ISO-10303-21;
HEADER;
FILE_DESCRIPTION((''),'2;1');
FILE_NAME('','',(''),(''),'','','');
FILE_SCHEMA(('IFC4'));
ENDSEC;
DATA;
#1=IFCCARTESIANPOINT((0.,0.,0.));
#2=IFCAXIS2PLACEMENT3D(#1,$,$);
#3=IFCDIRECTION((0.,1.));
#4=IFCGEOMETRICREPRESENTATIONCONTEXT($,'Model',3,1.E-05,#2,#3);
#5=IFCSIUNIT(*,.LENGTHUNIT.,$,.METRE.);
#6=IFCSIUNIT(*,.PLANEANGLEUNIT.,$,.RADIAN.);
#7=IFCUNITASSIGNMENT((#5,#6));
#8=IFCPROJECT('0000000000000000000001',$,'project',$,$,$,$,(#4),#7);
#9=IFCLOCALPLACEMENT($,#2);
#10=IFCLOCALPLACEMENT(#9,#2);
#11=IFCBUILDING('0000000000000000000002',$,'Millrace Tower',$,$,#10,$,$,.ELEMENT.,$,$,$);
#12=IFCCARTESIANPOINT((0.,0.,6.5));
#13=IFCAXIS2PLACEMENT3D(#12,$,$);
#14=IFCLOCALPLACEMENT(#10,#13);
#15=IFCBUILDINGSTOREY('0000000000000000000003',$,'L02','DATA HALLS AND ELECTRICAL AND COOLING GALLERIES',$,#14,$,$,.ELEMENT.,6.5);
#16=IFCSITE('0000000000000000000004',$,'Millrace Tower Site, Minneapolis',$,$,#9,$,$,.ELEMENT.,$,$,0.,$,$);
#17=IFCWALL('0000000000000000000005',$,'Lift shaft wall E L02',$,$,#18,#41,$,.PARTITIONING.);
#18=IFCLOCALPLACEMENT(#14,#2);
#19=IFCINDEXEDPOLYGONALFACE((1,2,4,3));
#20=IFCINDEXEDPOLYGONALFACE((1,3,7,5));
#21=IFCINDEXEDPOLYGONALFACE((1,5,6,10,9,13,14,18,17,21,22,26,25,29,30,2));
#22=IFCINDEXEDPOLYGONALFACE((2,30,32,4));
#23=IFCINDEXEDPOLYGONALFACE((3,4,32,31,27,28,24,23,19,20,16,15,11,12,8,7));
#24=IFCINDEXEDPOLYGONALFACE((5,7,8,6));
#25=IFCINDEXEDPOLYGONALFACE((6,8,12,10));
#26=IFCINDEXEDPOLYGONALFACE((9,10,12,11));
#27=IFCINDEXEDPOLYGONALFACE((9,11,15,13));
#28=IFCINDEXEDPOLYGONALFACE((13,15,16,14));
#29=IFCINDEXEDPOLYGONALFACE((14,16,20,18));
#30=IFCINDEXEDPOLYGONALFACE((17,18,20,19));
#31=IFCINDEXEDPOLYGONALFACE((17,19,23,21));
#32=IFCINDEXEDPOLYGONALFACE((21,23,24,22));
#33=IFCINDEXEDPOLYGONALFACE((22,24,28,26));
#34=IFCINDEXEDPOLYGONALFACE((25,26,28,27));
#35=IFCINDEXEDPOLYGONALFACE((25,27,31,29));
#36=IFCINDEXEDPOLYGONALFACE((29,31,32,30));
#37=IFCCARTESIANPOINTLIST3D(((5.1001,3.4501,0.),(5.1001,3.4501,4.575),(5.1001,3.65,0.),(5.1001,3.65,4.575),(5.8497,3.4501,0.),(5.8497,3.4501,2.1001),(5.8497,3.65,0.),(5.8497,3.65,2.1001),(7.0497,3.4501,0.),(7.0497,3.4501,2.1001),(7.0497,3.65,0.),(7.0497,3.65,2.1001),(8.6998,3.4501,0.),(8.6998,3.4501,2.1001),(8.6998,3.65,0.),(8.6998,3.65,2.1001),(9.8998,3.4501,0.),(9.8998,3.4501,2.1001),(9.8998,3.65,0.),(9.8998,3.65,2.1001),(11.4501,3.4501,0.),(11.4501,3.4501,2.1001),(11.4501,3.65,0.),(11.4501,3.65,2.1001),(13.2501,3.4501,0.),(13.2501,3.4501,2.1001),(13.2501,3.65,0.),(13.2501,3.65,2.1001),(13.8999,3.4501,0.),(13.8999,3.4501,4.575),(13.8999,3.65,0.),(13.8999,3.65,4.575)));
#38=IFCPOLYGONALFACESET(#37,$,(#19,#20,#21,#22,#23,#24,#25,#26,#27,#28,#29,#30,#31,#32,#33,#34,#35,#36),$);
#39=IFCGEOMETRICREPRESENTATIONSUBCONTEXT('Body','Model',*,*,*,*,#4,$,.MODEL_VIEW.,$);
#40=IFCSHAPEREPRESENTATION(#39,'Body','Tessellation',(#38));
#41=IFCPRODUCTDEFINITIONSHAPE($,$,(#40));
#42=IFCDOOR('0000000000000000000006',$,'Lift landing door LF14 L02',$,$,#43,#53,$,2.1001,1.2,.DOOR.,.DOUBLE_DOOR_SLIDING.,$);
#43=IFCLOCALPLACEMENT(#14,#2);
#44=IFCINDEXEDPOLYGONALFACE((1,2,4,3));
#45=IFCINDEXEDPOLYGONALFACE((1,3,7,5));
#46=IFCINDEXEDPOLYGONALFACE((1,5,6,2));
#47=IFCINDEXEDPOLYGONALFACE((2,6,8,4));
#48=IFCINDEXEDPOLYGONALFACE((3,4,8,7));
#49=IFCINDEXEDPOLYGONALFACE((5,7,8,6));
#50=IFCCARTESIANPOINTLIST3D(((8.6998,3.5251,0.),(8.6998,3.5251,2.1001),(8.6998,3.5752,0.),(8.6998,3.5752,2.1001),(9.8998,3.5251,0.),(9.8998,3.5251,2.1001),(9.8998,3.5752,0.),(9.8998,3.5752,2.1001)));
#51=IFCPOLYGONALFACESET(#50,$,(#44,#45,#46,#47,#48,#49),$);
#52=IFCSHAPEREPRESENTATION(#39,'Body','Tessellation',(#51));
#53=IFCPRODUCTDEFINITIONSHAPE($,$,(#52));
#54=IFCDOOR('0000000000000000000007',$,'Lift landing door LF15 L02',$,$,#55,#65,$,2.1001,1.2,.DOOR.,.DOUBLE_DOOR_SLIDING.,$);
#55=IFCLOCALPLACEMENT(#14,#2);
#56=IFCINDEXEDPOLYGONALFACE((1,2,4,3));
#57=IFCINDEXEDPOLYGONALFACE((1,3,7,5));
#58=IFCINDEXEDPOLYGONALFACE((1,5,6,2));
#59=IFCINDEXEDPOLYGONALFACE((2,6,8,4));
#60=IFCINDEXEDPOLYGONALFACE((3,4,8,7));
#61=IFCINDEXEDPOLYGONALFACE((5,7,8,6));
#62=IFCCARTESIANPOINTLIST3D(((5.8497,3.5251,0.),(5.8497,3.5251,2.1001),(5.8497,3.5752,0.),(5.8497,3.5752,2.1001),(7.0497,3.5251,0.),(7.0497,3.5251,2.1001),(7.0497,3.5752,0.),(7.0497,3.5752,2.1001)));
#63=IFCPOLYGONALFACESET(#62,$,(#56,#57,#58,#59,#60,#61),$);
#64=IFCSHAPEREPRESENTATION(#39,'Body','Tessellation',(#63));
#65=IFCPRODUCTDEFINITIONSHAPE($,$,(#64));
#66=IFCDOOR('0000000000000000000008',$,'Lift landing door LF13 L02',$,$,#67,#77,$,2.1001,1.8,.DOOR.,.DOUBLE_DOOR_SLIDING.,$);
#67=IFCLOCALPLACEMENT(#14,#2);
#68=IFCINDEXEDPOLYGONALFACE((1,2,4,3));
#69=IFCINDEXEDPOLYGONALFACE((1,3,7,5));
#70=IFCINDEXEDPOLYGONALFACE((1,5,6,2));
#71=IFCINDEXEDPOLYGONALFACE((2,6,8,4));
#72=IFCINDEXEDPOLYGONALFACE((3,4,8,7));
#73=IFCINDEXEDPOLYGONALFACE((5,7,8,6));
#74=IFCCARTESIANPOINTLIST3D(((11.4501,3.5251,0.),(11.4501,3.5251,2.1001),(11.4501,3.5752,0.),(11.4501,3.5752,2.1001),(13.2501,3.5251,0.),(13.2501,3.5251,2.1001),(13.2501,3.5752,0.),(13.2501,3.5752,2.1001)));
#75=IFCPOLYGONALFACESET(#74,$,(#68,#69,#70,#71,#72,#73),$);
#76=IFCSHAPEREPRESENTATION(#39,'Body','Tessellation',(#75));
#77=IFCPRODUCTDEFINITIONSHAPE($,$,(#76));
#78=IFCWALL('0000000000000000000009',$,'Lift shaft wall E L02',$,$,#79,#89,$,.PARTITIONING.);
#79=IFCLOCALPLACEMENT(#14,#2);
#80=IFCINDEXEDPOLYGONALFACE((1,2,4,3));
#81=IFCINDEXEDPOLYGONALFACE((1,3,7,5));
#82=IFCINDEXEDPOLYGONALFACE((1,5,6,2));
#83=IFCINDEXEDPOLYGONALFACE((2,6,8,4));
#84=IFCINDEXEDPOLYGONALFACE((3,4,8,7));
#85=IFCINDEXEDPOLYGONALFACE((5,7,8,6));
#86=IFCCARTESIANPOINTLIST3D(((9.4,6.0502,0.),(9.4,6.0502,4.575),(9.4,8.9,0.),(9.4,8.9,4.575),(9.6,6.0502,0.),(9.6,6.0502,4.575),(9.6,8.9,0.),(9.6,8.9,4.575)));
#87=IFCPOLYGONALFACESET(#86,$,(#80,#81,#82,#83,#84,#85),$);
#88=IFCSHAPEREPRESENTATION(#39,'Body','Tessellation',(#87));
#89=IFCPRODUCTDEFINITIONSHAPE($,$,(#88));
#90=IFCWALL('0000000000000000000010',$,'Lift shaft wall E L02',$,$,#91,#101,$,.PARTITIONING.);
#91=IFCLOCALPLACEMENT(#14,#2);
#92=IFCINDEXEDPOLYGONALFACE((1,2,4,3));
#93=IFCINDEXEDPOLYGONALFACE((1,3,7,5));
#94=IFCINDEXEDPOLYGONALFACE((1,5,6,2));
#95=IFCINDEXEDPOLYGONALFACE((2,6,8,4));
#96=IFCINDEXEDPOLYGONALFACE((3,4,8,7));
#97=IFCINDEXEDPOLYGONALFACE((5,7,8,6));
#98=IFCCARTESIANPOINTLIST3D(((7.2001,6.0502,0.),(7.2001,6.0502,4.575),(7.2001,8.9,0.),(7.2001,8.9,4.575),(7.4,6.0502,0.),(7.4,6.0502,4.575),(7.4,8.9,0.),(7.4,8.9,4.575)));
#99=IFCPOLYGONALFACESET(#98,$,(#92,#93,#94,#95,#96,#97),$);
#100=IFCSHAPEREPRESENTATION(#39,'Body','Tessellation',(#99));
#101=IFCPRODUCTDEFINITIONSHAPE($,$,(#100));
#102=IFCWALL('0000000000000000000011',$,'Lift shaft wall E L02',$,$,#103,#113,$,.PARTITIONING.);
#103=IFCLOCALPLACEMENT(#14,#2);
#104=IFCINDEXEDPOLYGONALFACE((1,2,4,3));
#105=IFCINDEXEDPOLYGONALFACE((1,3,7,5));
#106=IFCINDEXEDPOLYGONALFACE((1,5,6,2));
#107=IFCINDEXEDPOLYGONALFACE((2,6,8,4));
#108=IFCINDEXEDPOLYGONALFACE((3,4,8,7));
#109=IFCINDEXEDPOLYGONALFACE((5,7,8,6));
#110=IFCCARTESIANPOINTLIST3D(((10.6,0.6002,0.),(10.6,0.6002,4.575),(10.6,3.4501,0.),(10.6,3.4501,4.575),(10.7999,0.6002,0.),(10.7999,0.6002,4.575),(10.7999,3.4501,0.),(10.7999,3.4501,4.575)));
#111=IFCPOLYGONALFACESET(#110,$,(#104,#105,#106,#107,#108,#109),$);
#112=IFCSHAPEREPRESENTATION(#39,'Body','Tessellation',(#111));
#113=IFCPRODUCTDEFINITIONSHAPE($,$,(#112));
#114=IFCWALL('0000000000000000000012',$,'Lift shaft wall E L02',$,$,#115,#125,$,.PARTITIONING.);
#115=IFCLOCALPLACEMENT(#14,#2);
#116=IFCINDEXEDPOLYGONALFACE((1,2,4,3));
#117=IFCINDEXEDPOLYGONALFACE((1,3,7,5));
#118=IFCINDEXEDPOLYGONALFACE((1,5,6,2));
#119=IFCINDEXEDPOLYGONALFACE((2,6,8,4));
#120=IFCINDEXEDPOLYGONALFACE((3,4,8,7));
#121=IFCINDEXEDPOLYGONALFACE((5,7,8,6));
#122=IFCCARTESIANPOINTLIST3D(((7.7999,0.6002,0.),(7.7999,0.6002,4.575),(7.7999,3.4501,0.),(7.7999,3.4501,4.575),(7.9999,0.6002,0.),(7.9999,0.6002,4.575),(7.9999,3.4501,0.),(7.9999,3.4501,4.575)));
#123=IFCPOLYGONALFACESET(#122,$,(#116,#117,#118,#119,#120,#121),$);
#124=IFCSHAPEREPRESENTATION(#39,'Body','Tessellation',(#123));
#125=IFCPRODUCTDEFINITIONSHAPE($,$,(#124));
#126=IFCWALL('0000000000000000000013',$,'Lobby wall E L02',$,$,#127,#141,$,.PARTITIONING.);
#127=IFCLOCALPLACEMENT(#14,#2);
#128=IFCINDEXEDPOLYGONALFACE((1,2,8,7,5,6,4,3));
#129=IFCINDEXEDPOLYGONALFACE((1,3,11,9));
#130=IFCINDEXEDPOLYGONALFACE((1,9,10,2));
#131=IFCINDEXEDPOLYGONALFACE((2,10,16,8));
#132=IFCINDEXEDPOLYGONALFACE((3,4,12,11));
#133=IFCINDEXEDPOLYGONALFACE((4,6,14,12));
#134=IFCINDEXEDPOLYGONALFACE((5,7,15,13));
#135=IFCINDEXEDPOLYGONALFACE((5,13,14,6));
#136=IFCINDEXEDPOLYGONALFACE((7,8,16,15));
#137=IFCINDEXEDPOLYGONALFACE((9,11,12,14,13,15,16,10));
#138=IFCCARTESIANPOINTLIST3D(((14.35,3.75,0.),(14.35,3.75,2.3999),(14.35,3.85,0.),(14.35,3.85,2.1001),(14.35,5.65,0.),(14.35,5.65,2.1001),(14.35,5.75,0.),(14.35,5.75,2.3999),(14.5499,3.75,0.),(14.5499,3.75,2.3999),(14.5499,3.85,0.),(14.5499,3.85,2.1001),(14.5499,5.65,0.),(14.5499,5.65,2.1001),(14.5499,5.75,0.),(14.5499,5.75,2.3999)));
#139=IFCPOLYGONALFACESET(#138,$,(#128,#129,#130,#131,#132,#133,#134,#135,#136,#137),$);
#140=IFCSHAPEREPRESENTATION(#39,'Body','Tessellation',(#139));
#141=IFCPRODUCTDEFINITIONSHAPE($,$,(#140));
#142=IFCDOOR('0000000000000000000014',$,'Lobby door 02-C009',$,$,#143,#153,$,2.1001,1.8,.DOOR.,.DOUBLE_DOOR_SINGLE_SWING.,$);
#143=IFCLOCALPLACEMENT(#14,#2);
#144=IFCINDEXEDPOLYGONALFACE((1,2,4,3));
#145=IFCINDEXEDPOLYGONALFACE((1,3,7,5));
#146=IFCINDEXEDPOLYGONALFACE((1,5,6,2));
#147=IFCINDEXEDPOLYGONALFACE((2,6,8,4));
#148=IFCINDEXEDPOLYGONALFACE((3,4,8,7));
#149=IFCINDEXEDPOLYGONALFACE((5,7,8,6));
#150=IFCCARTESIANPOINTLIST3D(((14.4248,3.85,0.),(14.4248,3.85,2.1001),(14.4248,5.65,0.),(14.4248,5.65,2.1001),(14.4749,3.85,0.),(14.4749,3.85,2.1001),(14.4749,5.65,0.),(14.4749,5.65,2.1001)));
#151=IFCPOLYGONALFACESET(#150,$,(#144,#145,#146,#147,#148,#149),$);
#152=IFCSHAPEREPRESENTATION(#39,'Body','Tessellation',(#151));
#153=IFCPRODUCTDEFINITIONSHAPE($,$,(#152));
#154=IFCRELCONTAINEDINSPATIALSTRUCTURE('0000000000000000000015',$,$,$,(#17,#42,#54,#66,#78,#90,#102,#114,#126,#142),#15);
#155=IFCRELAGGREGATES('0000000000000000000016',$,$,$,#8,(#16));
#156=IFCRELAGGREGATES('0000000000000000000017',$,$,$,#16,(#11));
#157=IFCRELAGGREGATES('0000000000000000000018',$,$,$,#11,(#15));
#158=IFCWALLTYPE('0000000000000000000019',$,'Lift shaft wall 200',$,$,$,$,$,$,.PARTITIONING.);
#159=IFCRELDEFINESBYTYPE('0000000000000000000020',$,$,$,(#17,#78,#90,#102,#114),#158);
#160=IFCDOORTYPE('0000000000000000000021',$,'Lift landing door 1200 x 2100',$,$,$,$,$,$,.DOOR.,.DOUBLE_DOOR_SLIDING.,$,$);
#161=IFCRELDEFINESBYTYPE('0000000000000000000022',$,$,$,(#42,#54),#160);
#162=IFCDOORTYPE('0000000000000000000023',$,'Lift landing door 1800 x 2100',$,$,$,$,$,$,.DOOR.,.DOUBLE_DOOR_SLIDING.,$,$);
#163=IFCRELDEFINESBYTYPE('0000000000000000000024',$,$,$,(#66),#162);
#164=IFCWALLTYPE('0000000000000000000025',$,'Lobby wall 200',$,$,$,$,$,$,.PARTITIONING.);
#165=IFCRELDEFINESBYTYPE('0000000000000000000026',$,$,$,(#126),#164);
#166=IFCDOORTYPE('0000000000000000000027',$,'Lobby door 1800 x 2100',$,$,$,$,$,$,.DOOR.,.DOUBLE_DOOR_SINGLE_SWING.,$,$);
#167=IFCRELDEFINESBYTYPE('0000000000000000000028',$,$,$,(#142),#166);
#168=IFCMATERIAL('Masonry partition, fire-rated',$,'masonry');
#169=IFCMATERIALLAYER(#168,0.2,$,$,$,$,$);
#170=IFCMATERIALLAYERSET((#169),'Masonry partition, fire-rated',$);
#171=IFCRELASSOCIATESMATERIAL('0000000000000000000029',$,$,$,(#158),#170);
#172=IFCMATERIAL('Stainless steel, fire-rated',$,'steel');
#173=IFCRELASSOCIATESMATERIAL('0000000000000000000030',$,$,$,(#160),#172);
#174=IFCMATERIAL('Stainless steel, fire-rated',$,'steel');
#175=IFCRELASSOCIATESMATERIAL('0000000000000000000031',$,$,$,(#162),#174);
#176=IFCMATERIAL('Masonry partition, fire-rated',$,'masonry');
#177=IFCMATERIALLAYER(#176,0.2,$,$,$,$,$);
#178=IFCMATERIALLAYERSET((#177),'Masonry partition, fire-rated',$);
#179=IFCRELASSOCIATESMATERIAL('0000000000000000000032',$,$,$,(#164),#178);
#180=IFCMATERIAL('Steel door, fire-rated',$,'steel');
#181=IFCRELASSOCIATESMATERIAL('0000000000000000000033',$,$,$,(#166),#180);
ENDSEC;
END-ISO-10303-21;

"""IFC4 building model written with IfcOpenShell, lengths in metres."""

from ifc_helpers import new_model, si_unit, direction, frame, frame_2d, origin, place, context, subcontext, project, spatial, rectangle, extrude, material, layer, layer_set, type_object, element, fill, save


model = new_model("IFC4")

# Units and contexts
model_context = context("Model", 3, precision=1e-05, world=origin(), true_north=direction((0.0, 1.0)))
body_context = subcontext(model_context, "Body", "Model", "MODEL_VIEW")
ifc_project = project(units=[si_unit("LENGTHUNIT", "METRE"), si_unit("PLANEANGLEUNIT", "RADIAN")], contexts=[model_context])

# Site, building, storey
site_placement = place(None, origin())
site = spatial("IfcSite", under=ifc_project, at=site_placement, Name="Millrace Tower Site, Minneapolis", CompositionType="ELEMENT", RefElevation=0.0)
building_placement = place(site_placement, origin())
building = spatial("IfcBuilding", under=site, at=building_placement, Name="Millrace Tower", CompositionType="ELEMENT")
storey_placement = place(building_placement, frame((0.0, 0.0, 6.5)))
storey = spatial("IfcBuildingStorey", under=building, at=storey_placement, Name="L02", Description="DATA HALLS AND ELECTRICAL AND COOLING GALLERIES", CompositionType="ELEMENT", Elevation=6.5)

# Wall, openings, doors
ifc_material_1 = material(Name="Masonry partition, fire-rated", Category="masonry")
ifc_layer_1 = layer(ifc_material_1, 0.2)
ifc_layer_set_1 = layer_set([ifc_layer_1], Name="Masonry partition, fire-rated")
wall_type_1 = type_object("IfcWallType", Name="Lift shaft wall 200", PredefinedType="PARTITIONING", material=ifc_layer_set_1)
wall_1_placement = place(storey_placement, frame((13.8999, 3.55, 0.0), z_axis=(0.0, 0.0, 1.0), x_axis=(-1.0, 0.0, 0.0)))
wall_1 = element("IfcWall", 1, at=wall_1_placement, inside=storey, type_object=wall_type_1, Name="Lift shaft wall E L02", PredefinedType="PARTITIONING", context=body_context, shape_type="SweptSolid", body=[
    extrude(rectangle(XDim=8.7998, YDim=0.2, at=frame_2d((4.3999, 0.0))), origin(), (0.0, 0.0, 1.0), 4.575),
])
opening_1_placement = place(wall_1_placement, frame((0.6499, 0.0, 0.0)))
opening_1 = element("IfcOpeningElement", 2, at=opening_1_placement, cuts=wall_1, PredefinedType="OPENING", context=body_context, shape_type="SweptSolid", body=[
    extrude(rectangle(XDim=1.8, YDim=2.1001, at=frame_2d((0.8999, 1.05))), frame((0.0, 0.1099, 0.0), z_axis=(0.0, -1.0, 0.0), x_axis=(1.0, 0.0, 0.0)), (0.0, 0.0, 1.0), 0.22),
])
opening_2_placement = place(wall_1_placement, frame((4.0, 0.0, 0.0)))
opening_2 = element("IfcOpeningElement", 3, at=opening_2_placement, cuts=wall_1, PredefinedType="OPENING", context=body_context, shape_type="SweptSolid", body=[
    extrude(rectangle(XDim=1.2, YDim=2.1001, at=frame_2d((0.6001, 1.05))), frame((0.0, 0.1099, 0.0), z_axis=(0.0, -1.0, 0.0), x_axis=(1.0, 0.0, 0.0)), (0.0, 0.0, 1.0), 0.22),
])
opening_3_placement = place(wall_1_placement, frame((6.8501, 0.0, 0.0)))
opening_3 = element("IfcOpeningElement", 4, at=opening_3_placement, cuts=wall_1, PredefinedType="OPENING", context=body_context, shape_type="SweptSolid", body=[
    extrude(rectangle(XDim=1.2, YDim=2.1001, at=frame_2d((0.6001, 1.05))), frame((0.0, 0.1099, 0.0), z_axis=(0.0, -1.0, 0.0), x_axis=(1.0, 0.0, 0.0)), (0.0, 0.0, 1.0), 0.22),
])
ifc_material_2 = material(Name="Stainless steel, fire-rated", Category="steel")
door_type_1 = type_object("IfcDoorType", Name="Lift landing door 1200 x 2100", OperationType="DOUBLE_DOOR_SLIDING", PredefinedType="DOOR", material=ifc_material_2)
door_1_placement = place(opening_2_placement, origin())
door_1 = element("IfcDoor", 5, at=door_1_placement, inside=storey, type_object=door_type_1, Name="Lift landing door LF14 L02", OperationType="DOUBLE_DOOR_SLIDING", OverallHeight=2.1001, OverallWidth=1.2, PredefinedType="DOOR", context=body_context, shape_type="SweptSolid", body=[
    extrude(rectangle(XDim=1.2, YDim=2.1001, at=frame_2d((0.6001, 1.05))), frame((0.0, 0.0249, 0.0), z_axis=(0.0, -1.0, 0.0), x_axis=(1.0, 0.0, 0.0)), (0.0, 0.0, 1.0), 0.05),
])
fill(opening_2, door_1)
door_2_placement = place(opening_3_placement, origin())
door_2 = element("IfcDoor", 6, at=door_2_placement, inside=storey, type_object=door_type_1, Name="Lift landing door LF15 L02", OperationType="DOUBLE_DOOR_SLIDING", OverallHeight=2.1001, OverallWidth=1.2, PredefinedType="DOOR", context=body_context, shape_type="SweptSolid", body=[
    extrude(rectangle(XDim=1.2, YDim=2.1001, at=frame_2d((0.6001, 1.05))), frame((0.0, 0.0249, 0.0), z_axis=(0.0, -1.0, 0.0), x_axis=(1.0, 0.0, 0.0)), (0.0, 0.0, 1.0), 0.05),
])
fill(opening_3, door_2)
ifc_material_3 = material(Name="Stainless steel, fire-rated", Category="steel")
door_type_2 = type_object("IfcDoorType", Name="Lift landing door 1800 x 2100", OperationType="DOUBLE_DOOR_SLIDING", PredefinedType="DOOR", material=ifc_material_3)
door_3_placement = place(opening_1_placement, origin())
door_3 = element("IfcDoor", 7, at=door_3_placement, inside=storey, type_object=door_type_2, Name="Lift landing door LF13 L02", OperationType="DOUBLE_DOOR_SLIDING", OverallHeight=2.1001, OverallWidth=1.8, PredefinedType="DOOR", context=body_context, shape_type="SweptSolid", body=[
    extrude(rectangle(XDim=1.8, YDim=2.1001, at=frame_2d((0.8999, 1.05))), frame((0.0, 0.0249, 0.0), z_axis=(0.0, -1.0, 0.0), x_axis=(1.0, 0.0, 0.0)), (0.0, 0.0, 1.0), 0.05),
])
fill(opening_1, door_3)

# Walls
for number, where, z_axis, x_axis, name in (
    (8, (9.5, 8.8999, 0.0), (0.0, 0.0, 1.0), (0.0, -1.0, 0.0), "Lift shaft wall E L02"),
    (9, (7.3, 8.8999, 0.0), (0.0, 0.0, 1.0), (0.0, -1.0, 0.0), "Lift shaft wall E L02"),
    (10, (10.7, 3.45, 0.0), (0.0, 0.0, 1.0), (0.0, -1.0, 0.0), "Lift shaft wall E L02"),
    (11, (7.8999, 3.45, 0.0), (0.0, 0.0, 1.0), (0.0, -1.0, 0.0), "Lift shaft wall E L02"),
):
    element("IfcWall", number, at=place(storey_placement, frame(where, z_axis=z_axis, x_axis=x_axis)), inside=storey, type_object=wall_type_1, Name=name, PredefinedType="PARTITIONING", context=body_context, shape_type="SweptSolid", body=[
        extrude(rectangle(XDim=2.8499, YDim=0.2, at=frame_2d((1.4248, 0.0))), origin(), (0.0, 0.0, 1.0), 4.575),
    ])

# Wall, opening, door
ifc_material_4 = material(Name="Masonry partition, fire-rated", Category="masonry")
ifc_layer_2 = layer(ifc_material_4, 0.2)
ifc_layer_set_2 = layer_set([ifc_layer_2], Name="Masonry partition, fire-rated")
wall_type_2 = type_object("IfcWallType", Name="Lobby wall 200", PredefinedType="PARTITIONING", material=ifc_layer_set_2)
wall_2_placement = place(storey_placement, frame((14.45, 5.75, 0.0), z_axis=(0.0, 0.0, 1.0), x_axis=(0.0, -1.0, 0.0)))
wall_2 = element("IfcWall", 12, at=wall_2_placement, inside=storey, type_object=wall_type_2, Name="Lobby wall E L02", PredefinedType="PARTITIONING", context=body_context, shape_type="SweptSolid", body=[
    extrude(rectangle(XDim=2.0, YDim=0.2, at=frame_2d((1.0, 0.0))), origin(), (0.0, 0.0, 1.0), 2.3999),
])
opening_4_placement = place(wall_2_placement, frame((0.1001, 0.0, 0.0)))
opening_4 = element("IfcOpeningElement", 13, at=opening_4_placement, cuts=wall_2, PredefinedType="OPENING", context=body_context, shape_type="SweptSolid", body=[
    extrude(rectangle(XDim=1.8, YDim=2.1001, at=frame_2d((0.8999, 1.05))), frame((0.0, 0.1099, 0.0), z_axis=(0.0, -1.0, 0.0), x_axis=(1.0, 0.0, 0.0)), (0.0, 0.0, 1.0), 0.22),
])
ifc_material_5 = material(Name="Steel door, fire-rated", Category="steel")
door_type_3 = type_object("IfcDoorType", Name="Lobby door 1800 x 2100", OperationType="DOUBLE_DOOR_SINGLE_SWING", PredefinedType="DOOR", material=ifc_material_5)
door_4_placement = place(opening_4_placement, origin())
door_4 = element("IfcDoor", 14, at=door_4_placement, inside=storey, type_object=door_type_3, Name="Lobby door 02-C009", OperationType="DOUBLE_DOOR_SINGLE_SWING", OverallHeight=2.1001, OverallWidth=1.8, PredefinedType="DOOR", context=body_context, shape_type="SweptSolid", body=[
    extrude(rectangle(XDim=1.8, YDim=2.1001, at=frame_2d((0.8999, 1.05))), frame((0.0, 0.0249, 0.0), z_axis=(0.0, -1.0, 0.0), x_axis=(1.0, 0.0, 0.0)), (0.0, 0.0, 1.0), 0.05),
])
fill(opening_4, door_4)

save(model, "model.ifc")
